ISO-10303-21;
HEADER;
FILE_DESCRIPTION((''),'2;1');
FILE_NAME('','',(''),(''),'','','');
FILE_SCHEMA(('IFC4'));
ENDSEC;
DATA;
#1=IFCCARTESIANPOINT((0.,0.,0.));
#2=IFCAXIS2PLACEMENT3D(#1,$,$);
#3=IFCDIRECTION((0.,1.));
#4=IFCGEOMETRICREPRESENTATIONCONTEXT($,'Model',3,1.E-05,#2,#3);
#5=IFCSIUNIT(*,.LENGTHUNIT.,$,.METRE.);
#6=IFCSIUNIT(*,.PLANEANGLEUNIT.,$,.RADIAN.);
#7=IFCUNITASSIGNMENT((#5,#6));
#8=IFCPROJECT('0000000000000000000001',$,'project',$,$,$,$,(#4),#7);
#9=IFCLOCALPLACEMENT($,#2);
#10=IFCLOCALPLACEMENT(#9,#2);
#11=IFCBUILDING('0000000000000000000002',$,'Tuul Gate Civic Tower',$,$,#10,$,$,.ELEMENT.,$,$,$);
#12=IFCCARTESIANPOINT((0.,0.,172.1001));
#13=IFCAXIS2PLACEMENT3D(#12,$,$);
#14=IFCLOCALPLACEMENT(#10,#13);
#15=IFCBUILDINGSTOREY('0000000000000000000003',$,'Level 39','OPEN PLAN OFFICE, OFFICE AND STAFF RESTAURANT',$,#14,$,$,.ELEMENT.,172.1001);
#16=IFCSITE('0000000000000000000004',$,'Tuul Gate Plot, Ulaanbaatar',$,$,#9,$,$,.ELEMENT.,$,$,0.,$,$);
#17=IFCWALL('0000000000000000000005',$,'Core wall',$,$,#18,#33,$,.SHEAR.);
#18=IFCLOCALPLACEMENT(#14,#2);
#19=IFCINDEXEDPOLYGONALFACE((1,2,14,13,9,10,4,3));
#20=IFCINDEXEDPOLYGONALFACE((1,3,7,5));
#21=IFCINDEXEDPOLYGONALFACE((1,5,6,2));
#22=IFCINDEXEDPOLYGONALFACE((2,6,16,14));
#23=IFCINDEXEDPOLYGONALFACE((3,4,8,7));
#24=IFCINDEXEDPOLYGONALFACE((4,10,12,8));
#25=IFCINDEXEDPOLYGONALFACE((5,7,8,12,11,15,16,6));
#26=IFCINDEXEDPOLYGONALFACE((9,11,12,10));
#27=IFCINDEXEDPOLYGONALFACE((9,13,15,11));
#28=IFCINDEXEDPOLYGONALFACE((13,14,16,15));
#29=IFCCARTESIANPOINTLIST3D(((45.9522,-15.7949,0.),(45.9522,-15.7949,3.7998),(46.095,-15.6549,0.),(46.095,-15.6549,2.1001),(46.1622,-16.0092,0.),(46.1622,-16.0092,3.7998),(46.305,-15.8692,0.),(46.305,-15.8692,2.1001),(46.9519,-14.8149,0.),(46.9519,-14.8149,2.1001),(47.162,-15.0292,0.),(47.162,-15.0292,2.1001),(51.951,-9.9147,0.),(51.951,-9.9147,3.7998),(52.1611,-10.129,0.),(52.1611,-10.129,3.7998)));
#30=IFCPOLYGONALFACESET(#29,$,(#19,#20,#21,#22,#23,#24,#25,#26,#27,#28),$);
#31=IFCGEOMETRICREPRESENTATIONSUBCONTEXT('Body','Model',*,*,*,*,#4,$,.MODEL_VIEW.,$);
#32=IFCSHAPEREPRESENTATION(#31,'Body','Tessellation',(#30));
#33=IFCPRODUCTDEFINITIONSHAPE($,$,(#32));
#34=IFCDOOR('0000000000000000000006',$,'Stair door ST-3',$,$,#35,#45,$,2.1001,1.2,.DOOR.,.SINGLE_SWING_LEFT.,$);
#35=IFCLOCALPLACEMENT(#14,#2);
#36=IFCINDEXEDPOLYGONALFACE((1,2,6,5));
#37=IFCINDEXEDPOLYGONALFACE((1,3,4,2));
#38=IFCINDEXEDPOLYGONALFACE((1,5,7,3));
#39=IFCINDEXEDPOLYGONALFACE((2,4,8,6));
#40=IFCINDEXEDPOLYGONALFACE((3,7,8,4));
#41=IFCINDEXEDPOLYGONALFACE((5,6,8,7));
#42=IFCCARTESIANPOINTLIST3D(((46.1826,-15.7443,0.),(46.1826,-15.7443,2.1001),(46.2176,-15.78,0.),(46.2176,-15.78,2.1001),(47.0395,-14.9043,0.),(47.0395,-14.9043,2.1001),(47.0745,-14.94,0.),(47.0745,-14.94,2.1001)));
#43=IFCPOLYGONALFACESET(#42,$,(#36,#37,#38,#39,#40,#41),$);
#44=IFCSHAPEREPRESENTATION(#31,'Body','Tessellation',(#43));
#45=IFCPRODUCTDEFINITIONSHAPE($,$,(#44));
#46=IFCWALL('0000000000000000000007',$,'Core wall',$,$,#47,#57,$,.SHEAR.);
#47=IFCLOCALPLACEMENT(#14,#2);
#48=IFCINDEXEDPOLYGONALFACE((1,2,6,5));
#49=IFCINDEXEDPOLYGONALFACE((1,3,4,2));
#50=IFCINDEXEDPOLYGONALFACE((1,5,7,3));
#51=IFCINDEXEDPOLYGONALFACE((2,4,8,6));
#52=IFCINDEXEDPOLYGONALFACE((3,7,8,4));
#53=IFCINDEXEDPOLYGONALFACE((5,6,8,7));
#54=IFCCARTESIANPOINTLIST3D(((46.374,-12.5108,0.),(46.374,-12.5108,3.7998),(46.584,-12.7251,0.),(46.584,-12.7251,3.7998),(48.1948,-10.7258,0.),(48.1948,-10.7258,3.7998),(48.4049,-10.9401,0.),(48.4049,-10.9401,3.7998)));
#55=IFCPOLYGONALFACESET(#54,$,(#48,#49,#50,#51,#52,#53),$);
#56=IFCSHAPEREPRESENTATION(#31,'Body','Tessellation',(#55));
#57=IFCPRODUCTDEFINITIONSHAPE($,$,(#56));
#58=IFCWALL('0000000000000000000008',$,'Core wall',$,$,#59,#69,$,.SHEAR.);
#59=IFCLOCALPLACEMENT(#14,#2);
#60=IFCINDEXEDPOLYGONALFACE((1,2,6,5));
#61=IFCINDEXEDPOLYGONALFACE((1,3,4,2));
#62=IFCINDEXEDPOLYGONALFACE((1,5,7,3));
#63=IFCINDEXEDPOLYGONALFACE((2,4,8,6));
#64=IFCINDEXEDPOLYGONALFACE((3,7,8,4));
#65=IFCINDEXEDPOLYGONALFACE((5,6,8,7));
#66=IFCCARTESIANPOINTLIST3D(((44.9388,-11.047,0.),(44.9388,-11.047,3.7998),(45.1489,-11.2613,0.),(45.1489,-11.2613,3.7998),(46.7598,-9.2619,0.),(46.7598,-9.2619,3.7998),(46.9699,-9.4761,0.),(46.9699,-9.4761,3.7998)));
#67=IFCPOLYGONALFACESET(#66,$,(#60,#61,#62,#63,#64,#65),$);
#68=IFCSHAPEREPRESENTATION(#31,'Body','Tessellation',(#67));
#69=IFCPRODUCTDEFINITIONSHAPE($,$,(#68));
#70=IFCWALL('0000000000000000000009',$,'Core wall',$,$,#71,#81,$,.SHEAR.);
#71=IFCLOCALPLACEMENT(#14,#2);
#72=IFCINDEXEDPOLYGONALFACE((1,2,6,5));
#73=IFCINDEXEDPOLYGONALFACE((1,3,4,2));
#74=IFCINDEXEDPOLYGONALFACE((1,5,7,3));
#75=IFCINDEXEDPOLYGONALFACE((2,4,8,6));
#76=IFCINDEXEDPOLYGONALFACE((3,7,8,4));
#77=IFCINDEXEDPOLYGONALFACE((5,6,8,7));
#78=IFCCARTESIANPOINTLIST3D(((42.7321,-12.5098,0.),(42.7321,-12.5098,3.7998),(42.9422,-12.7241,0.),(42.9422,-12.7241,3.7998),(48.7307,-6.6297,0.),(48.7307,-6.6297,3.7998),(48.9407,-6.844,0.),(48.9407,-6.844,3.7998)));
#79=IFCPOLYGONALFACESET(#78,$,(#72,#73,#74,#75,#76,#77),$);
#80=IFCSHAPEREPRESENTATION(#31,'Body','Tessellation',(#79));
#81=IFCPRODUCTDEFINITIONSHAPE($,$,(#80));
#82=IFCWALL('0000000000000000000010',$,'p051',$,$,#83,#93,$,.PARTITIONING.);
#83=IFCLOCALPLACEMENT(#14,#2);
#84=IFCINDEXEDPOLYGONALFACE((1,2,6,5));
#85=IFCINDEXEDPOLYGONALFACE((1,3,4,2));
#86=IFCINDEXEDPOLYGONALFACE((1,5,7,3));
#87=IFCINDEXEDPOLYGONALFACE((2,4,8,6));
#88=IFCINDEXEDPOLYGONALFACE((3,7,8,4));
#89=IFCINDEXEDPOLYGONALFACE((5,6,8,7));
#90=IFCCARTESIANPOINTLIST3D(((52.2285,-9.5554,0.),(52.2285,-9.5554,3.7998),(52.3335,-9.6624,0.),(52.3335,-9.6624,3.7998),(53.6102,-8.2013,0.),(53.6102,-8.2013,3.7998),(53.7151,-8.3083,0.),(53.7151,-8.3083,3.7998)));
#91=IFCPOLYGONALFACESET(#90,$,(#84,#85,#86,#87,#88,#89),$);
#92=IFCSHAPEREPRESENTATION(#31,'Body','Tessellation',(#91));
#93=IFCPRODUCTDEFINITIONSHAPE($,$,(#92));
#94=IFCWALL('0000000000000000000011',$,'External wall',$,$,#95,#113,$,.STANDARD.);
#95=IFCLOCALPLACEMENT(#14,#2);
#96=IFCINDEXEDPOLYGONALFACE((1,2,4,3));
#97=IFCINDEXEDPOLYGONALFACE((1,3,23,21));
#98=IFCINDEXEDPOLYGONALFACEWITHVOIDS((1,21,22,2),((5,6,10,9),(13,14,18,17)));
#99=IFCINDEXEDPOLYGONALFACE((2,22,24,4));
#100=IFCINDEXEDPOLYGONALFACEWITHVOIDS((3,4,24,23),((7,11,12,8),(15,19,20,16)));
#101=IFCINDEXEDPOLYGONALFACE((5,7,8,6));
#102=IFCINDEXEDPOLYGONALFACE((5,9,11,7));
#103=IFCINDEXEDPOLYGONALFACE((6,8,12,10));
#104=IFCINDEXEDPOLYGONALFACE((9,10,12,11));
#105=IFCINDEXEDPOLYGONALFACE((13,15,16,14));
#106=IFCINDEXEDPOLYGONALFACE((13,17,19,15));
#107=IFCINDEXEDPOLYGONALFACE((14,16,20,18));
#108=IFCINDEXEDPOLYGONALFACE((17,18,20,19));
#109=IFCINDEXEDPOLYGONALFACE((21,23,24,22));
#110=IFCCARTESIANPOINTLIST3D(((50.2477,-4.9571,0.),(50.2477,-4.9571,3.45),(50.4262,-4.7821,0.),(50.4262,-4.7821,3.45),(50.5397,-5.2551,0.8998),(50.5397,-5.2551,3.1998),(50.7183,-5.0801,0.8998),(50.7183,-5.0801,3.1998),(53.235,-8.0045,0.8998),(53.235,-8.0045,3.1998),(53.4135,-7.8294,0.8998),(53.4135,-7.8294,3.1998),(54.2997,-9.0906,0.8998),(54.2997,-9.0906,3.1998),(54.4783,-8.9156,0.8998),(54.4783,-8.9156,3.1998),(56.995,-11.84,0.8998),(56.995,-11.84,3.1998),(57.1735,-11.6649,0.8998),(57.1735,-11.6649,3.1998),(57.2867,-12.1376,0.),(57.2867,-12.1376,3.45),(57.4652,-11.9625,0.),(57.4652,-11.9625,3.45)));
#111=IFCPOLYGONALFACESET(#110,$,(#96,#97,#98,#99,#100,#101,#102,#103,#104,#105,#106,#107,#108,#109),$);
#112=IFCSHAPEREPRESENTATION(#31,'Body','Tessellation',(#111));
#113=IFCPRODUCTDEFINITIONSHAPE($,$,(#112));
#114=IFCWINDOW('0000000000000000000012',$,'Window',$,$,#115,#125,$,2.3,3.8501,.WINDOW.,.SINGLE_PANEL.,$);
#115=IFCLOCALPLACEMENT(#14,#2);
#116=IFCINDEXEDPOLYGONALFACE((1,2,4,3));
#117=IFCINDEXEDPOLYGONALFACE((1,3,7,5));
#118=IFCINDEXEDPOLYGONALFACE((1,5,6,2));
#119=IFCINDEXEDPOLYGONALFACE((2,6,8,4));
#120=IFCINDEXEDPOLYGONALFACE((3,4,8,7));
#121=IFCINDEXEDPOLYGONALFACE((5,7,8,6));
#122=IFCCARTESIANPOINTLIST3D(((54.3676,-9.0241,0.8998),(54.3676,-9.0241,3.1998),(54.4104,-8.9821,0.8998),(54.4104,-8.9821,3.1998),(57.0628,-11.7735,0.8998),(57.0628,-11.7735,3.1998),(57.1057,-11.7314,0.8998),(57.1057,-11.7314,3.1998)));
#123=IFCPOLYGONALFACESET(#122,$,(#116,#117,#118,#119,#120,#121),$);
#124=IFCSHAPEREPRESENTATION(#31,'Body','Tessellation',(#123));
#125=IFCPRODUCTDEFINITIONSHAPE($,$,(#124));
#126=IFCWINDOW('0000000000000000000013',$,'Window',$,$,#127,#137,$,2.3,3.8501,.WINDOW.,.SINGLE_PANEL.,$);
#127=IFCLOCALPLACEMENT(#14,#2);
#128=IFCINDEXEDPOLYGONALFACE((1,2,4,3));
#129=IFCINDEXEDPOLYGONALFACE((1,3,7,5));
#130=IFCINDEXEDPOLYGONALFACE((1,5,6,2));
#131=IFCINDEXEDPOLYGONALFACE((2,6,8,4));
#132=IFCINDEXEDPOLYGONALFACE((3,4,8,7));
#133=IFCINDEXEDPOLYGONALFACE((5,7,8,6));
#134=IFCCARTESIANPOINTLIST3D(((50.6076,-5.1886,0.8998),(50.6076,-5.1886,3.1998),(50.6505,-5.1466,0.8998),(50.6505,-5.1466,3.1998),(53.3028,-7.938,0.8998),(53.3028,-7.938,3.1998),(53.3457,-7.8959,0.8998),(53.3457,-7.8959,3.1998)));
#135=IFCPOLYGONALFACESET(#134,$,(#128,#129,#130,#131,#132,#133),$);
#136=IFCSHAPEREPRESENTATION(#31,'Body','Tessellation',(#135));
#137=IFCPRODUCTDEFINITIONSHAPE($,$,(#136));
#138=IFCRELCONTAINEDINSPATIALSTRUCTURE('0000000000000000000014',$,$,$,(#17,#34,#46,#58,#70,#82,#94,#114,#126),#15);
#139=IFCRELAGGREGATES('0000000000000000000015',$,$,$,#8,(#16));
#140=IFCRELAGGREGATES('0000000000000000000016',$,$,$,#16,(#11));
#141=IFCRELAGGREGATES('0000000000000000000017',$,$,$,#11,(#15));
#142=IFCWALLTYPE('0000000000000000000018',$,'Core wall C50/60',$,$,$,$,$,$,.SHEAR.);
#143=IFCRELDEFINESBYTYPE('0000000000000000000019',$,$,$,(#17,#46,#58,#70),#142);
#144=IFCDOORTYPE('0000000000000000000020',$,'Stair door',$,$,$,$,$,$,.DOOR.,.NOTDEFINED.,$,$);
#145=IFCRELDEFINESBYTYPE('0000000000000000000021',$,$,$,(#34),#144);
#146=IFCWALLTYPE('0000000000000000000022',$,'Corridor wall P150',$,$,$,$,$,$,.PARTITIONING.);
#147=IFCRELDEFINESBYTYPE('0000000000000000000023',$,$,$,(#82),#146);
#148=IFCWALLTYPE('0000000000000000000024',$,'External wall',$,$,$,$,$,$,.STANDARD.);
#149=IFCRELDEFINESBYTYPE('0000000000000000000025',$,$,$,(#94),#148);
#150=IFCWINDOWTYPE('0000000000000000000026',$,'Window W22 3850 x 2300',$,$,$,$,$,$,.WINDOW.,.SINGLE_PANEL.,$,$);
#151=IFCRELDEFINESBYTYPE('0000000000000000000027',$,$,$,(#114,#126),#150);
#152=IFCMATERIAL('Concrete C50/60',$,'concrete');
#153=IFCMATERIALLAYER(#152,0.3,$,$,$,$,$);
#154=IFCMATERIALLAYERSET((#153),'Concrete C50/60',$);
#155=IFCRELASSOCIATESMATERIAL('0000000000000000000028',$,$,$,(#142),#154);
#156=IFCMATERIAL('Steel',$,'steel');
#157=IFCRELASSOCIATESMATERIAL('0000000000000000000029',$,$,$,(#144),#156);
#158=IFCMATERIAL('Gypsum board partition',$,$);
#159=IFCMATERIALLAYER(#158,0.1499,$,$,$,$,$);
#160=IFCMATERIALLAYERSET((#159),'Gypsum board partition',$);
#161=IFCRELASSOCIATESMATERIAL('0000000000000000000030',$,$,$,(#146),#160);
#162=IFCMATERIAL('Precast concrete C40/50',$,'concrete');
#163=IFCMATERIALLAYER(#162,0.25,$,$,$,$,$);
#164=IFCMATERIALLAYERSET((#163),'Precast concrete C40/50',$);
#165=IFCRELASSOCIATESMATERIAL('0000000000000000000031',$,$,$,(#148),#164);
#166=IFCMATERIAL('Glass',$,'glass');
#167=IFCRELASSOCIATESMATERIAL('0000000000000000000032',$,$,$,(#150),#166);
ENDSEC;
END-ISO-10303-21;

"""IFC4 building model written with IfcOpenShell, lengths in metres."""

from ifc_helpers import new_model, si_unit, direction, frame, frame_2d, origin, place, context, subcontext, project, spatial, rectangle, extrude, material, layer, layer_set, type_object, element, fill, save


model = new_model("IFC4")

# Units and contexts
model_context = context("Model", 3, precision=1e-05, world=origin(), true_north=direction((0.0, 1.0)))
body_context = subcontext(model_context, "Body", "Model", "MODEL_VIEW")
ifc_project = project(units=[si_unit("LENGTHUNIT", "METRE"), si_unit("PLANEANGLEUNIT", "RADIAN")], contexts=[model_context])

# Site, building, storey
site_placement = place(None, origin())
site = spatial("IfcSite", under=ifc_project, at=site_placement, Name="Tuul Gate Plot, Ulaanbaatar", CompositionType="ELEMENT", RefElevation=0.0)
building_placement = place(site_placement, origin())
building = spatial("IfcBuilding", under=site, at=building_placement, Name="Tuul Gate Civic Tower", CompositionType="ELEMENT")
storey_placement = place(building_placement, frame((0.0, 0.0, 172.1001)))
storey = spatial("IfcBuildingStorey", under=building, at=storey_placement, Name="Level 39", Description="OPEN PLAN OFFICE, OFFICE AND STAFF RESTAURANT", CompositionType="ELEMENT", Elevation=172.1001)

# Shared definitions
ifc_material_1 = material(Name="Concrete C50/60", Category="concrete")
ifc_layer_1 = layer(ifc_material_1, 0.3)
ifc_layer_set_1 = layer_set([ifc_layer_1], Name="Concrete C50/60")
wall_type_1 = type_object("IfcWallType", Name="Core wall C50/60", PredefinedType="SHEAR", material=ifc_layer_set_1)

# Wall, opening, door
wall_1_placement = place(storey_placement, frame((46.0571, -15.9021, 0.0), z_axis=(0.0, 0.0, 1.0), x_axis=(0.714134, 0.700009, 0.0)))
wall_1 = element("IfcWall", 1, at=wall_1_placement, inside=storey, type_object=wall_type_1, Name="Core wall", PredefinedType="SHEAR", context=body_context, shape_type="SweptSolid", body=[
    extrude(rectangle(XDim=8.4001, YDim=0.3, at=frame_2d((4.2002, 0.0))), origin(), (0.0, 0.0, 1.0), 3.7998),
])
opening_1_placement = place(wall_1_placement, frame((0.2, 0.0, 0.0)))
opening_1 = element("IfcOpeningElement", 2, at=opening_1_placement, cuts=wall_1, PredefinedType="OPENING", context=body_context, shape_type="SweptSolid", body=[
    extrude(rectangle(XDim=1.2, YDim=2.1001, at=frame_2d((0.6001, 1.05))), frame((0.0, 0.1602, 0.0), z_axis=(0.0, -1.0, 0.0), x_axis=(1.0, 0.0, 0.0)), (0.0, 0.0, 1.0), 0.3201),
])
ifc_material_2 = material(Name="Steel", Category="steel")
door_type_1 = type_object("IfcDoorType", Name="Stair door", OperationType="NOTDEFINED", PredefinedType="DOOR", material=ifc_material_2)
door_1_placement = place(opening_1_placement, origin())
door_1 = element("IfcDoor", 3, at=door_1_placement, inside=storey, type_object=door_type_1, Name="Stair door ST-3", OperationType="SINGLE_SWING_LEFT", OverallHeight=2.1001, OverallWidth=1.2, PredefinedType="DOOR", context=body_context, shape_type="SweptSolid", body=[
    extrude(rectangle(XDim=1.2, YDim=2.1001, at=frame_2d((0.6001, 1.05))), frame((0.0, 0.0249, 0.0), z_axis=(0.0, -1.0, 0.0), x_axis=(1.0, 0.0, 0.0)), (0.0, 0.0, 1.0), 0.05),
])
fill(opening_1, door_1)

# Walls
wall_2_placement = place(storey_placement, frame((46.479, -12.6179, 0.0), z_axis=(0.0, 0.0, 1.0), x_axis=(0.714109, 0.700034, 0.0)))
element("IfcWall", 4, at=wall_2_placement, inside=storey, type_object=wall_type_1, Name="Core wall", PredefinedType="SHEAR", context=body_context, shape_type="SweptSolid", body=[
    extrude(rectangle(XDim=2.5498, YDim=0.3, at=frame_2d((1.2749, 0.0))), origin(), (0.0, 0.0, 1.0), 3.7998),
])
wall_3_placement = place(storey_placement, frame((45.0439, -11.1541, 0.0), z_axis=(0.0, 0.0, 1.0), x_axis=(0.714108, 0.700035, 0.0)))
element("IfcWall", 5, at=wall_3_placement, inside=storey, type_object=wall_type_1, Name="Core wall", PredefinedType="SHEAR", context=body_context, shape_type="SweptSolid", body=[
    extrude(rectangle(XDim=2.55, YDim=0.3, at=frame_2d((1.2749, 0.0))), origin(), (0.0, 0.0, 1.0), 3.7998),
])
wall_4_placement = place(storey_placement, frame((42.8372, -12.6169, 0.0), z_axis=(0.0, 0.0, 1.0), x_axis=(0.71412, 0.700023, 0.0)))
element("IfcWall", 6, at=wall_4_placement, inside=storey, type_object=wall_type_1, Name="Core wall", PredefinedType="SHEAR", context=body_context, shape_type="SweptSolid", body=[
    extrude(rectangle(XDim=8.3999, YDim=0.3, at=frame_2d((4.2, 0.0))), origin(), (0.0, 0.0, 1.0), 3.7998),
])
ifc_material_3 = material(Name="Gypsum board partition")
ifc_layer_2 = layer(ifc_material_3, 0.1499)
ifc_layer_set_2 = layer_set([ifc_layer_2], Name="Gypsum board partition")
wall_type_2 = type_object("IfcWallType", Name="Corridor wall P150", PredefinedType="PARTITIONING", material=ifc_layer_set_2)
wall_5_placement = place(storey_placement, frame((52.281, -9.6089, 0.0), z_axis=(0.0, 0.0, 1.0), x_axis=(0.714201, 0.69994, 0.0)))
element("IfcWall", 7, at=wall_5_placement, inside=storey, type_object=wall_type_2, Name="p051", PredefinedType="PARTITIONING", context=body_context, shape_type="SweptSolid", body=[
    extrude(rectangle(XDim=1.9346, YDim=0.1499, at=frame_2d((0.9673, 0.0))), origin(), (0.0, 0.0, 1.0), 3.7998),
])

# Wall, openings, windows
ifc_material_4 = material(Name="Precast concrete C40/50", Category="concrete")
ifc_layer_3 = layer(ifc_material_4, 0.25)
ifc_layer_set_3 = layer_set([ifc_layer_3], Name="Precast concrete C40/50")
wall_type_3 = type_object("IfcWallType", Name="External wall", PredefinedType="STANDARD", material=ifc_layer_set_3)
wall_6_placement = place(storey_placement, frame((57.376, -12.05, 0.0), z_axis=(0.0, 0.0, 1.0), x_axis=(-0.700043, 0.714101, 0.0)))
wall_6 = element("IfcWall", 8, at=wall_6_placement, inside=storey, type_object=wall_type_3, Name="External wall", PredefinedType="STANDARD", context=body_context, shape_type="SweptSolid", body=[
    extrude(rectangle(XDim=10.0552, YDim=0.25, at=frame_2d((5.0276, 0.0))), origin(), (0.0, 0.0, 1.0), 3.45),
])
opening_2_placement = place(wall_6_placement, frame((0.4167, 0.0, 0.8999)))
opening_2 = element("IfcOpeningElement", 9, at=opening_2_placement, cuts=wall_6, PredefinedType="OPENING", context=body_context, shape_type="SweptSolid", body=[
    extrude(rectangle(XDim=3.8501, YDim=2.3, at=frame_2d((1.925, 1.1499))), frame((0.0, 0.135, 0.0), z_axis=(0.0, -1.0, 0.0), x_axis=(1.0, 0.0, 0.0)), (0.0, 0.0, 1.0), 0.27),
])
opening_3_placement = place(wall_6_placement, frame((5.7878, 0.0, 0.8999)))
opening_3 = element("IfcOpeningElement", 10, at=opening_3_placement, cuts=wall_6, PredefinedType="OPENING", context=body_context, shape_type="SweptSolid", body=[
    extrude(rectangle(XDim=3.8501, YDim=2.3, at=frame_2d((1.925, 1.1499))), frame((0.0, 0.135, 0.0), z_axis=(0.0, -1.0, 0.0), x_axis=(1.0, 0.0, 0.0)), (0.0, 0.0, 1.0), 0.27),
])
ifc_material_5 = material(Name="Glass", Category="glass")
window_type_1 = type_object("IfcWindowType", Name="Window W22 3850 x 2300", PartitioningType="SINGLE_PANEL", PredefinedType="WINDOW", material=ifc_material_5)
window_1_placement = place(opening_2_placement, origin())
window_1 = element("IfcWindow", 11, at=window_1_placement, inside=storey, type_object=window_type_1, Name="Window", OverallHeight=2.3, OverallWidth=3.8501, PartitioningType="SINGLE_PANEL", PredefinedType="WINDOW", context=body_context, shape_type="SweptSolid", body=[
    extrude(rectangle(XDim=3.8501, YDim=2.3, at=frame_2d((1.925, 1.1499))), frame((0.0, 0.03, 0.0), z_axis=(0.0, -1.0, 0.0), x_axis=(1.0, 0.0, 0.0)), (0.0, 0.0, 1.0), 0.0601),
])
fill(opening_2, window_1)
window_2_placement = place(opening_3_placement, origin())
window_2 = element("IfcWindow", 12, at=window_2_placement, inside=storey, type_object=window_type_1, Name="Window", OverallHeight=2.3, OverallWidth=3.8501, PartitioningType="SINGLE_PANEL", PredefinedType="WINDOW", context=body_context, shape_type="SweptSolid", body=[
    extrude(rectangle(XDim=3.8501, YDim=2.3, at=frame_2d((1.925, 1.1499))), frame((0.0, 0.03, 0.0), z_axis=(0.0, -1.0, 0.0), x_axis=(1.0, 0.0, 0.0)), (0.0, 0.0, 1.0), 0.0601),
])
fill(opening_3, window_2)

save(model, "model.ifc")
